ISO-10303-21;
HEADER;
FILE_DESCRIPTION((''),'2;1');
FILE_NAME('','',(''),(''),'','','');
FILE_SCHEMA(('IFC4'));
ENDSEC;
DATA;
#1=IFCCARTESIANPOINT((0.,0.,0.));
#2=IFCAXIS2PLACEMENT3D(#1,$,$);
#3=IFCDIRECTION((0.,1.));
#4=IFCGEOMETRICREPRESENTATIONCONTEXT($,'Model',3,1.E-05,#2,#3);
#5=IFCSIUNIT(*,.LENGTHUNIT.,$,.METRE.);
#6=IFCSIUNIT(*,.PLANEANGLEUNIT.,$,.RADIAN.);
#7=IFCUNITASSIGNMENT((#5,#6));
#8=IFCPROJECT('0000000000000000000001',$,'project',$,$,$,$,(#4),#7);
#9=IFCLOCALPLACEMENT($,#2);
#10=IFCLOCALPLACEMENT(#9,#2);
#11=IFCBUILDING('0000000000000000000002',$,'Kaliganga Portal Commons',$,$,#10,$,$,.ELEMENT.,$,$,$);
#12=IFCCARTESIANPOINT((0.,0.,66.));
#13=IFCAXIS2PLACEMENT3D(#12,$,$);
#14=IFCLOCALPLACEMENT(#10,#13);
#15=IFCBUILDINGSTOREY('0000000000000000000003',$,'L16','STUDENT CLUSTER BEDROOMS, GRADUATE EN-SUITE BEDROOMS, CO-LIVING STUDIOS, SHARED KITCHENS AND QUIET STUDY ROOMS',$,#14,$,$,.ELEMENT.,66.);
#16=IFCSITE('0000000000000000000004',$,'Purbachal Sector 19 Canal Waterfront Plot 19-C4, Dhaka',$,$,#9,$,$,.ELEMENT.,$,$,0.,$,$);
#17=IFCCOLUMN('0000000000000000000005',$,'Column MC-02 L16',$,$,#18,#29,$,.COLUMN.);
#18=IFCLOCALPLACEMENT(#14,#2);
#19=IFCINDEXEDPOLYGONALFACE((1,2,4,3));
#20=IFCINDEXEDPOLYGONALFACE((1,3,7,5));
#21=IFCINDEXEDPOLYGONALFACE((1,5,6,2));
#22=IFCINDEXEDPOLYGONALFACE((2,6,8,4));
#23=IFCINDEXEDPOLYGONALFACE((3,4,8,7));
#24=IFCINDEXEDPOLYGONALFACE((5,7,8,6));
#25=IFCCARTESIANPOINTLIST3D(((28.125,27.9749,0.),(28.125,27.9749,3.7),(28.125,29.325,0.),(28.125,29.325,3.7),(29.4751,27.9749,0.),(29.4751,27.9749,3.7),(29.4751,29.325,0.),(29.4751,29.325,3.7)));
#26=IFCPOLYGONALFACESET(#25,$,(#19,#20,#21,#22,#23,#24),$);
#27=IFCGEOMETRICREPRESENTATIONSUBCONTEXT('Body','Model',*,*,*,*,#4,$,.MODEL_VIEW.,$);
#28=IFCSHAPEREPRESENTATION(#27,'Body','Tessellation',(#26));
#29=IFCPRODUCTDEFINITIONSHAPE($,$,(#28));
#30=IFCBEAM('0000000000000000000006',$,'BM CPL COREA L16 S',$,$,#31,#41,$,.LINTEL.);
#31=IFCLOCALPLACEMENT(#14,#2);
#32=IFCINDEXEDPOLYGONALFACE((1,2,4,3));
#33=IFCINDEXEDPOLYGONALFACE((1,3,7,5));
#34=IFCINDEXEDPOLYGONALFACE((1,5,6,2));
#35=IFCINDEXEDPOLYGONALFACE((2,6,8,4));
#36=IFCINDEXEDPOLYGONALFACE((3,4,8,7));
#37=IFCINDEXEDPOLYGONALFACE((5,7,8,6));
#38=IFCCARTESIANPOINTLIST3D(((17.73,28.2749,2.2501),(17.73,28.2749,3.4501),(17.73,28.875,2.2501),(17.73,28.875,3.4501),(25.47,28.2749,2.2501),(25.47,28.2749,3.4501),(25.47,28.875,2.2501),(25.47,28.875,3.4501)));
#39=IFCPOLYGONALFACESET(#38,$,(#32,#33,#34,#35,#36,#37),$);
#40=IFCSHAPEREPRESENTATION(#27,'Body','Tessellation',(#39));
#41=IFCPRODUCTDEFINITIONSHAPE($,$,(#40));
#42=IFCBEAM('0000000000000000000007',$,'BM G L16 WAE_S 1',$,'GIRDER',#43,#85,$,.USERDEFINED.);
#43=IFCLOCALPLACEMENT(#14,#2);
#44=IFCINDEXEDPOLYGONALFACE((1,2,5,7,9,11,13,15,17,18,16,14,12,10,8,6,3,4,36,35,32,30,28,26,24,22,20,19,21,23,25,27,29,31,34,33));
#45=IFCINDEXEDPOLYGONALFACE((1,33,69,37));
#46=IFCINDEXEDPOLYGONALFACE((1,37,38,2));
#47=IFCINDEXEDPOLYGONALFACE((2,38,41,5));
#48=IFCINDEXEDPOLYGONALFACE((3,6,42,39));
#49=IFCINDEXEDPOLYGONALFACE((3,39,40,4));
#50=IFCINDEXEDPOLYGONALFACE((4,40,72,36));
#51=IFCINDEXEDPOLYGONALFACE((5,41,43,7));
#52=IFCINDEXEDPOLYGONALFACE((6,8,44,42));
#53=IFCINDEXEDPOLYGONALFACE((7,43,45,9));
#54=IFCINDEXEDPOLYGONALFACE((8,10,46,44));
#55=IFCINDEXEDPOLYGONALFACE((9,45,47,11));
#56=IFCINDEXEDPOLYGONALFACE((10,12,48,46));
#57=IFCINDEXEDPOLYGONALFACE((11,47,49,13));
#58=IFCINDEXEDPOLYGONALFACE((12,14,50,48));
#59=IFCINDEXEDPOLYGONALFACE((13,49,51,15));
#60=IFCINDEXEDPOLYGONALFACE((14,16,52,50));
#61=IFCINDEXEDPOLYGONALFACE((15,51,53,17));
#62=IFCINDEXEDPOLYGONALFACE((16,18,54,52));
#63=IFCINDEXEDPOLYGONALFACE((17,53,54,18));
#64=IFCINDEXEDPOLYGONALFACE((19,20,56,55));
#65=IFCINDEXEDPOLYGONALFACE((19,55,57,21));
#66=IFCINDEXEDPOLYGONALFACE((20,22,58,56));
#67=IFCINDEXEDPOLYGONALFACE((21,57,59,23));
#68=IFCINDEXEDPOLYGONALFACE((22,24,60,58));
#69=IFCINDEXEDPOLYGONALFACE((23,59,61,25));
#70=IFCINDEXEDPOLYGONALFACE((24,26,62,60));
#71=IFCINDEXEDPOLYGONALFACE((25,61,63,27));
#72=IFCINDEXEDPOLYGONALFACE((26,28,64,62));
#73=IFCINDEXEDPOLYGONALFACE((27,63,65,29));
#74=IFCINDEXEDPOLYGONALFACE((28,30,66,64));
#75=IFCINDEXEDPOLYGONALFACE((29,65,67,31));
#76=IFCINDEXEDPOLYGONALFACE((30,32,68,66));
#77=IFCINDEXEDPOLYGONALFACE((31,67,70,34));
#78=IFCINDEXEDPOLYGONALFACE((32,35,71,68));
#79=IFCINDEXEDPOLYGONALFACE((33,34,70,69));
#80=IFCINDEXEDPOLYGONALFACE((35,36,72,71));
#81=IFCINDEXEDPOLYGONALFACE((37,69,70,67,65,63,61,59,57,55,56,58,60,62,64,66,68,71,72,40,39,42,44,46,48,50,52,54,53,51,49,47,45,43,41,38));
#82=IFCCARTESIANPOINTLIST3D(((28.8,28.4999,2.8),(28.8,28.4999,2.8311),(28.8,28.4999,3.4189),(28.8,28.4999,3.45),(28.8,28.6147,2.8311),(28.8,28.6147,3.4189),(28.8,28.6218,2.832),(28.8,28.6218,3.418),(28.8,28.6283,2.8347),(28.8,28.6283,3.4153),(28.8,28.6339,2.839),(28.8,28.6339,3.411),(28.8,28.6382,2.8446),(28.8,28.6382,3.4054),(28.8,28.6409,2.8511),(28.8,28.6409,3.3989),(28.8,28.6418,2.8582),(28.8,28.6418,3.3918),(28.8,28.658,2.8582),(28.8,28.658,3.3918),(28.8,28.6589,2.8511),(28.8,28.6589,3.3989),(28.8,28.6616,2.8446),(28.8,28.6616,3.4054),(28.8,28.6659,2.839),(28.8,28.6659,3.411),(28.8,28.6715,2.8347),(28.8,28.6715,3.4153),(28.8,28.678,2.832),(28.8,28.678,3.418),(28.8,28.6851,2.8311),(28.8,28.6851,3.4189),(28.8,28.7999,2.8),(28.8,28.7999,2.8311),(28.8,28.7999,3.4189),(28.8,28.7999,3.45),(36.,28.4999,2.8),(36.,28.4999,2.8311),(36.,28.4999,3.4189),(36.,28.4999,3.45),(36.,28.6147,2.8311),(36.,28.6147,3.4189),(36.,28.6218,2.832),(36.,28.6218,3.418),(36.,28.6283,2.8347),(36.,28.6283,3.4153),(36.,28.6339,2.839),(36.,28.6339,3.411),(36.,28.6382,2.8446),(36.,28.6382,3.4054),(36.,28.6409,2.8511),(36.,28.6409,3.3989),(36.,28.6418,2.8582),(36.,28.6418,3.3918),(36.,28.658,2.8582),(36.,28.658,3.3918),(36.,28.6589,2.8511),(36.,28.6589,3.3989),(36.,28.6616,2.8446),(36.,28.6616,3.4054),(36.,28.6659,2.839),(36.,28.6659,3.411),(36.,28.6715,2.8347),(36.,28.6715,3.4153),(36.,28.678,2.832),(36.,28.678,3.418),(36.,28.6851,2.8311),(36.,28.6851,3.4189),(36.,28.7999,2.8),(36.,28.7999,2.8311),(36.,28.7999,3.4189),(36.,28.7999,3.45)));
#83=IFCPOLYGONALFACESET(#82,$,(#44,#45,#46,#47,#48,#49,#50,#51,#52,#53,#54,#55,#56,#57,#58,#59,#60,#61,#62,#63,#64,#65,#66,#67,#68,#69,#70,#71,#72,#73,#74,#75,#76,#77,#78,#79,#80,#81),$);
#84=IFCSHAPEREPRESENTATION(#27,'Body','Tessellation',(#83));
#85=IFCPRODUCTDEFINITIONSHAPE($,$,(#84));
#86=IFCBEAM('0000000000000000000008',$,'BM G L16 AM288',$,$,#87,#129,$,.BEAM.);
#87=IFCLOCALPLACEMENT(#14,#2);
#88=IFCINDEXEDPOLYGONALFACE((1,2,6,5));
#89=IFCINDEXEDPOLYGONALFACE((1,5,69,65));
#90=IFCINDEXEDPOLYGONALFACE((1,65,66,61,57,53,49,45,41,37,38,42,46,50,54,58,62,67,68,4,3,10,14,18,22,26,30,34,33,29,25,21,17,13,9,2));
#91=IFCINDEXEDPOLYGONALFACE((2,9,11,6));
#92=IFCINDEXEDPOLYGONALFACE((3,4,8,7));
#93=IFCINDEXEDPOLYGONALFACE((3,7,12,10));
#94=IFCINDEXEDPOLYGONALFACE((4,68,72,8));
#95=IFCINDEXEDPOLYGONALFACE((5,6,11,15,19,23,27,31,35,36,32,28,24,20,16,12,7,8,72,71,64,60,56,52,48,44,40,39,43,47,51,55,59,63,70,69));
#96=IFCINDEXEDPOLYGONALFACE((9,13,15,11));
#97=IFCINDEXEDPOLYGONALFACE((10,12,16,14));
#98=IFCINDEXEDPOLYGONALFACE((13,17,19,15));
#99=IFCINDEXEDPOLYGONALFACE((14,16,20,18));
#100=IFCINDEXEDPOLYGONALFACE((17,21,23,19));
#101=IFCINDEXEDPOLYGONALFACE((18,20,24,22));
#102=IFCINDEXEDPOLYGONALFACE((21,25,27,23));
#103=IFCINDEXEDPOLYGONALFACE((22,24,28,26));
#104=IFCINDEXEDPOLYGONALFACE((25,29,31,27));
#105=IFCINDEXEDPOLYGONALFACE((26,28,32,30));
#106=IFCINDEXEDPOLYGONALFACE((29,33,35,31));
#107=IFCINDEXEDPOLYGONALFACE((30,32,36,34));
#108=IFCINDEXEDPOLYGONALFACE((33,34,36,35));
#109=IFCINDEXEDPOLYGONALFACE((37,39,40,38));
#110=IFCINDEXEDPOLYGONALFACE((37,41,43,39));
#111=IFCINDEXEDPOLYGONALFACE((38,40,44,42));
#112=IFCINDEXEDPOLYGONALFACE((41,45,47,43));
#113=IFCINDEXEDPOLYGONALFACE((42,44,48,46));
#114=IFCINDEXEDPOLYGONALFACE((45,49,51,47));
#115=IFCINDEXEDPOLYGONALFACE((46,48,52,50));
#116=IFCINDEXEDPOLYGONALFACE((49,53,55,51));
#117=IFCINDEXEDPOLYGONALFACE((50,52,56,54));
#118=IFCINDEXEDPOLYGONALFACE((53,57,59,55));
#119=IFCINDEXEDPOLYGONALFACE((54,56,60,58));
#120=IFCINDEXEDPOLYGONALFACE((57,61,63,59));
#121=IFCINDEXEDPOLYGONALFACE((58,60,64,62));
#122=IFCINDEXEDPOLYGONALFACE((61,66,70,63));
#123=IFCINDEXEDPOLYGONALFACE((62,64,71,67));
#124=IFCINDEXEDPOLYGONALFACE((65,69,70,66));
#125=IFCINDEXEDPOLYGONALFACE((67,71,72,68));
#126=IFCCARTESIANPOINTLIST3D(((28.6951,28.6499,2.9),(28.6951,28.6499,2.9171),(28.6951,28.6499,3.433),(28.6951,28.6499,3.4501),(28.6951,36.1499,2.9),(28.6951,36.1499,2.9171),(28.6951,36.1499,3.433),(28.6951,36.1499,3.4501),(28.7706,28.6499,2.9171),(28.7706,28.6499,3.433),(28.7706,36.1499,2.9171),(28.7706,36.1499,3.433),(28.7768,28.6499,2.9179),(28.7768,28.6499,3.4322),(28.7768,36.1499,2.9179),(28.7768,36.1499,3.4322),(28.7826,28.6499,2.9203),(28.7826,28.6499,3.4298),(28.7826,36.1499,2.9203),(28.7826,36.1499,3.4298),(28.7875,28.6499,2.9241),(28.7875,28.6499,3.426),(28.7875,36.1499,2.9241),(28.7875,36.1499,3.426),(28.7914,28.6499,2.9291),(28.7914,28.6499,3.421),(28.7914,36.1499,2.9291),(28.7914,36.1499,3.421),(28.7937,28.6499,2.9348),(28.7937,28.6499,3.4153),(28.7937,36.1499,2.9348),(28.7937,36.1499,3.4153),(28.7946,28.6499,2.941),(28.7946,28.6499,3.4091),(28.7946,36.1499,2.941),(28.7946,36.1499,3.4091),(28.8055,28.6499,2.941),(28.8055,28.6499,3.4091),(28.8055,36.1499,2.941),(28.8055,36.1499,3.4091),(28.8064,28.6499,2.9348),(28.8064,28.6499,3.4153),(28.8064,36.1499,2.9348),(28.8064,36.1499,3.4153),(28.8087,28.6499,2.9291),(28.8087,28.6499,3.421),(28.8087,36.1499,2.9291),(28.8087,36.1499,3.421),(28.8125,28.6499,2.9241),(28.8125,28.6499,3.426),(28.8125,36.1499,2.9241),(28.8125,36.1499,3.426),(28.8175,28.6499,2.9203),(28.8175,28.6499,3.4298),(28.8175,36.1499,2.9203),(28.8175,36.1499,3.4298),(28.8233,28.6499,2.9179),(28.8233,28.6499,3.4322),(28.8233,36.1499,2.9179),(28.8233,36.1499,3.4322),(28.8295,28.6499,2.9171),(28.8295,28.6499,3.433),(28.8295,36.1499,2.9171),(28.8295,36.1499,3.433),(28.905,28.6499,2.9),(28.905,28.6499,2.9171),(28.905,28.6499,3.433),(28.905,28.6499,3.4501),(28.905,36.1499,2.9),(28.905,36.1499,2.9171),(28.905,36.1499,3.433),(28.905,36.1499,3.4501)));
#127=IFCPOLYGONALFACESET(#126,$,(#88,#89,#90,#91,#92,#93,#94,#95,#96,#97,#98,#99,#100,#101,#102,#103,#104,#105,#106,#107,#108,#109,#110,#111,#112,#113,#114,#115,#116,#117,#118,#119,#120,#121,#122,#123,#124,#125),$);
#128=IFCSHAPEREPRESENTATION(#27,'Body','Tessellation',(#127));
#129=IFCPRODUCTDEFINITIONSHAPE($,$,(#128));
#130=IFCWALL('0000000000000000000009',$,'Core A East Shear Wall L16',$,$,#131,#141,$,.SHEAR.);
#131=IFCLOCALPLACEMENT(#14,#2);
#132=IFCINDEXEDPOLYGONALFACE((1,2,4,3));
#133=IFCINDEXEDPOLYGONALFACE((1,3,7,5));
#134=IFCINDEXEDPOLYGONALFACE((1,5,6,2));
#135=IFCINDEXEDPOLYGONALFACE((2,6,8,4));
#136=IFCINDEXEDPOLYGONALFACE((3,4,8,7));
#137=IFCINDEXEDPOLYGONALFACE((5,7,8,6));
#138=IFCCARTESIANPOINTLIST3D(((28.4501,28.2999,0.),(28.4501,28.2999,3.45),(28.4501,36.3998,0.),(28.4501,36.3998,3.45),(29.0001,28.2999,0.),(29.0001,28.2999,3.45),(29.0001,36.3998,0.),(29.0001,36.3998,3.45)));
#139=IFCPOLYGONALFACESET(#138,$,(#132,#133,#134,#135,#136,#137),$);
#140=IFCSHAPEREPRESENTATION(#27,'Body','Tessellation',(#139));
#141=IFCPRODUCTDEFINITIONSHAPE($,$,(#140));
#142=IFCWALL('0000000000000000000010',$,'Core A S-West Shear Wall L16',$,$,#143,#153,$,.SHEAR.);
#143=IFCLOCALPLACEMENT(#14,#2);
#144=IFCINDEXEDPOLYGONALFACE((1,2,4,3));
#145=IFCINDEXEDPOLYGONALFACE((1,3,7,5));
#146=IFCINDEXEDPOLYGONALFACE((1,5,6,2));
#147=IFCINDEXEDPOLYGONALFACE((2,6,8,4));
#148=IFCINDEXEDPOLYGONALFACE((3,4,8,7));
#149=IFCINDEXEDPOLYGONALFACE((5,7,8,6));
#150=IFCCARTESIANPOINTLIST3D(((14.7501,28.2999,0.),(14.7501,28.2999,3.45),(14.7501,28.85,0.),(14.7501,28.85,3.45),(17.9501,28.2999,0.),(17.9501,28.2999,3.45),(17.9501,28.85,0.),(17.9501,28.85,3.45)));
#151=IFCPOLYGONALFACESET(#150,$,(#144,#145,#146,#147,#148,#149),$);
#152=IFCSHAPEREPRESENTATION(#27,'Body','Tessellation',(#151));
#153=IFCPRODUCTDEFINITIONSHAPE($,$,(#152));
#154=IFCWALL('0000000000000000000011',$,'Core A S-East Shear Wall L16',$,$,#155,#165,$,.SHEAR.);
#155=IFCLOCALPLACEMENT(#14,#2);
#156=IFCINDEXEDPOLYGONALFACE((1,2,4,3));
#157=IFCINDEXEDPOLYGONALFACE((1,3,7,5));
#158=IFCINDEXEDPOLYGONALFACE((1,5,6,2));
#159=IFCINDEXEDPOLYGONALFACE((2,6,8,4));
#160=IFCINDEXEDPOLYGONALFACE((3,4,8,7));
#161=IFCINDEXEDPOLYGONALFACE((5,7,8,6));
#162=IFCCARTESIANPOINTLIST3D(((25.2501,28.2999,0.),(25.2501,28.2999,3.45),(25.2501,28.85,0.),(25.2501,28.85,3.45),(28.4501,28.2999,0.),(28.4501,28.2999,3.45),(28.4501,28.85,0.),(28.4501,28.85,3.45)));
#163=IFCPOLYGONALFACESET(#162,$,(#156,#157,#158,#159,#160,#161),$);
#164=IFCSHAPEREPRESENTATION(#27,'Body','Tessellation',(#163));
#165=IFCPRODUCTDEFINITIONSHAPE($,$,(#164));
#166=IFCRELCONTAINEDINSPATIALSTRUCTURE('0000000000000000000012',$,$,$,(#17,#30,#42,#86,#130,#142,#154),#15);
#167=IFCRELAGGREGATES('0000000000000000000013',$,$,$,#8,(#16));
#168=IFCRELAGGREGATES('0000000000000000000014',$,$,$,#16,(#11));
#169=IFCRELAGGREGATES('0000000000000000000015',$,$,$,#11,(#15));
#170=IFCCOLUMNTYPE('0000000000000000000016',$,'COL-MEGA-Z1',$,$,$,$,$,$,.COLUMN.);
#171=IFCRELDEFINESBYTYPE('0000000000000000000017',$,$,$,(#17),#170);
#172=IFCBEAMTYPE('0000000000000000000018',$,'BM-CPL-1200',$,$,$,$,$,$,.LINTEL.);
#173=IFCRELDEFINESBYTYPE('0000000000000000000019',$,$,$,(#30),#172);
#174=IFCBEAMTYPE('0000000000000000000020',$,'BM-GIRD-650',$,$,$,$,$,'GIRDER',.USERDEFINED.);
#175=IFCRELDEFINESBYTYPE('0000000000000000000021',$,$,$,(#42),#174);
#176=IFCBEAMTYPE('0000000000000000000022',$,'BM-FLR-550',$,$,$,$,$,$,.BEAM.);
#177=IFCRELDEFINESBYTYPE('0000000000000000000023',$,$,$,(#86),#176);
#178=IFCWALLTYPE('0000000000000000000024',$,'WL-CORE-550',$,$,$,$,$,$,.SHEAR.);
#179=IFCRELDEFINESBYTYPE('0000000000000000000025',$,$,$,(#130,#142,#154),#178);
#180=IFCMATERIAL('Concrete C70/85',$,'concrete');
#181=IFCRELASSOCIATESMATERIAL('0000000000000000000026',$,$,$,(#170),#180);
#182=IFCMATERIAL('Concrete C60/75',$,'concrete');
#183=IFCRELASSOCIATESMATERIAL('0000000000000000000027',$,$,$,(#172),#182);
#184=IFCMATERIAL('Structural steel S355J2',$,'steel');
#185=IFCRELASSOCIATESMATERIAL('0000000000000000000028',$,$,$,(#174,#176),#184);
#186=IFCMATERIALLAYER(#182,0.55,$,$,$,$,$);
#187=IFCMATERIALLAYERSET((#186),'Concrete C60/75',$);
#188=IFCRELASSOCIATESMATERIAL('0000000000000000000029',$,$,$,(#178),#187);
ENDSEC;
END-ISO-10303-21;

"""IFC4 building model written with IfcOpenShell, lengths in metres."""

from ifc_helpers import new_model, si_unit, direction, frame, frame_2d, origin, origin_2d, place, context, subcontext, project, spatial, rectangle, i_section, extrude, source, transform, mapped, material, layer, layer_set, material_profile, profile_set, type_object, element, save


model = new_model("IFC4")

# Units and contexts
model_context = context("Model", 3, precision=1e-05, world=origin(), true_north=direction((0.0, 1.0)))
body_context = subcontext(model_context, "Body", "Model", "MODEL_VIEW")
ifc_project = project(units=[si_unit("LENGTHUNIT", "METRE"), si_unit("PLANEANGLEUNIT", "RADIAN")], contexts=[model_context])

# Site, building, storey
site_placement = place(None, origin())
site = spatial("IfcSite", under=ifc_project, at=site_placement, Name="Purbachal Sector 19 Canal Waterfront Plot 19-C4, Dhaka", CompositionType="ELEMENT", RefElevation=0.0)
building_placement = place(site_placement, origin())
building = spatial("IfcBuilding", under=site, at=building_placement, Name="Kaliganga Portal Commons", CompositionType="ELEMENT")
storey_placement = place(building_placement, frame((0.0, 0.0, 66.0)))
storey = spatial("IfcBuildingStorey", under=building, at=storey_placement, Name="L16", Description="STUDENT CLUSTER BEDROOMS, GRADUATE EN-SUITE BEDROOMS, CO-LIVING STUDIOS, SHARED KITCHENS AND QUIET STUDY ROOMS", CompositionType="ELEMENT", Elevation=66.0)

# Column
ifc_material_1 = material(Name="Concrete C70/85", Category="concrete")
ifc_material_profile_1 = material_profile(ifc_material_1, rectangle(XDim=1.3501, YDim=1.3501, at=origin_2d()), Name="RC 1350x1350")
ifc_profile_set_1 = profile_set([ifc_material_profile_1], Name="Concrete C70/85")
column_type = type_object("IfcColumnType", Name="COL-MEGA-Z1", PredefinedType="COLUMN", material=ifc_profile_set_1)
shared_shape_1 = source(origin(), body_context, "Body", "SweptSolid", [
    extrude(rectangle(XDim=1.3501, YDim=1.3501, at=origin_2d()), origin(), (0.0, 0.0, 1.0), 3.7),
])
column_placement = place(storey_placement, frame((28.8, 28.6499, 0.0), z_axis=(0.0, 0.0, 1.0), x_axis=(1.0, 0.0, 0.0)))
element("IfcColumn", 1, at=column_placement, inside=storey, type_object=column_type, Name="Column MC-02 L16", PredefinedType="COLUMN", context=body_context, shape_type="MappedRepresentation", body=[
    mapped(shared_shape_1, transform((0.0, 0.0, 0.0), x_axis=(1.0, 0.0, 0.0), y_axis=(0.0, 1.0, 0.0), z_axis=(0.0, 0.0, 1.0), scale=1.0)),
])

# Beams
ifc_material_2 = material(Name="Concrete C60/75", Category="concrete")
ifc_material_profile_2 = material_profile(ifc_material_2, rectangle(XDim=0.6001, YDim=1.2, at=origin_2d()), Name="RC 600x1200")
ifc_profile_set_2 = profile_set([ifc_material_profile_2], Name="Concrete C60/75")
beam_type_1 = type_object("IfcBeamType", Name="BM-CPL-1200", PredefinedType="LINTEL", material=ifc_profile_set_2)
shared_shape_2 = source(origin(), body_context, "Body", "SweptSolid", [
    extrude(rectangle(XDim=0.6001, YDim=1.2, at=origin_2d()), origin(), (0.0, 0.0, 1.0), 7.74),
])
beam_1_placement = place(storey_placement, frame((17.73, 28.575, 2.8501), z_axis=(1.0, 0.0, 0.0), x_axis=(0.0, 1.0, 0.0)))
element("IfcBeam", 2, at=beam_1_placement, inside=storey, type_object=beam_type_1, Name="BM CPL COREA L16 S", PredefinedType="LINTEL", context=body_context, shape_type="MappedRepresentation", body=[
    mapped(shared_shape_2, transform((0.0, 0.0, 0.0), x_axis=(1.0, 0.0, 0.0), y_axis=(0.0, 1.0, 0.0), z_axis=(0.0, 0.0, 1.0), scale=1.0)),
])
ifc_material_3 = material(Name="Structural steel S355J2", Category="steel")
ifc_material_profile_3 = material_profile(ifc_material_3, i_section(OverallWidth=0.3, OverallDepth=0.6499, WebThickness=0.0161, FlangeThickness=0.031, FilletRadius=0.0271, at=origin_2d()), Name="HE 650 B")
ifc_profile_set_3 = profile_set([ifc_material_profile_3], Name="Structural steel S355J2 wide-flange")
beam_type_2 = type_object("IfcBeamType", Name="BM-GIRD-650", ElementType="GIRDER", PredefinedType="USERDEFINED", material=ifc_profile_set_3)
shared_shape_3 = source(origin(), body_context, "Body", "SweptSolid", [
    extrude(i_section(OverallWidth=0.3, OverallDepth=0.6499, WebThickness=0.0161, FlangeThickness=0.031, FilletRadius=0.0271, at=origin_2d()), origin(), (0.0, 0.0, 1.0), 7.2),
])
beam_2_placement = place(storey_placement, frame((28.8, 28.6499, 3.125), z_axis=(1.0, 0.0, 0.0), x_axis=(0.0, 1.0, 0.0)))
element("IfcBeam", 3, at=beam_2_placement, inside=storey, type_object=beam_type_2, Name="BM G L16 WAE_S 1", ObjectType="GIRDER", PredefinedType="USERDEFINED", context=body_context, shape_type="MappedRepresentation", body=[
    mapped(shared_shape_3, transform((0.0, 0.0, 0.0), x_axis=(1.0, 0.0, 0.0), y_axis=(0.0, 1.0, 0.0), z_axis=(0.0, 0.0, 1.0), scale=1.0)),
])
ifc_material_profile_4 = material_profile(ifc_material_3, i_section(OverallWidth=0.21, OverallDepth=0.55, WebThickness=0.011, FlangeThickness=0.0171, FilletRadius=0.0239, at=origin_2d()), Name="IPE 550")
ifc_profile_set_4 = profile_set([ifc_material_profile_4], Name="Structural steel S355J2 wide-flange")
beam_type_3 = type_object("IfcBeamType", Name="BM-FLR-550", PredefinedType="BEAM", material=ifc_profile_set_4)
shared_shape_4 = source(origin(), body_context, "Body", "SweptSolid", [
    extrude(i_section(OverallWidth=0.21, OverallDepth=0.55, WebThickness=0.011, FlangeThickness=0.0171, FilletRadius=0.0239, at=origin_2d()), origin(), (0.0, 0.0, 1.0), 7.5),
])
beam_3_placement = place(storey_placement, frame((28.8, 28.6499, 3.175), z_axis=(0.0, 1.0, 0.0), x_axis=(-1.0, 0.0, 0.0)))
element("IfcBeam", 4, at=beam_3_placement, inside=storey, type_object=beam_type_3, Name="BM G L16 AM288", PredefinedType="BEAM", context=body_context, shape_type="MappedRepresentation", body=[
    mapped(shared_shape_4, transform((0.0, 0.0, 0.0), x_axis=(1.0, 0.0, 0.0), y_axis=(0.0, 1.0, 0.0), z_axis=(0.0, 0.0, 1.0), scale=1.0)),
])

# Walls
ifc_layer_1 = layer(ifc_material_2, 0.55)
ifc_layer_set_1 = layer_set([ifc_layer_1], Name="Concrete C60/75")
wall_type_1 = type_object("IfcWallType", Name="WL-CORE-550", PredefinedType="SHEAR", material=ifc_layer_set_1)
wall_1_placement = place(storey_placement, frame((28.7251, 28.3, 0.0), z_axis=(0.0, 0.0, 1.0), x_axis=(0.0, 1.0, 0.0)))
element("IfcWall", 5, at=wall_1_placement, inside=storey, type_object=wall_type_1, Name="Core A East Shear Wall L16", PredefinedType="SHEAR", context=body_context, shape_type="SweptSolid", body=[
    extrude(rectangle(XDim=8.0999, YDim=0.55, at=frame_2d((4.0498, 0.0))), origin(), (0.0, 0.0, 1.0), 3.45),
])
for number, where, z_axis, x_axis, name in (
    (6, (14.75, 28.575, 0.0), (0.0, 0.0, 1.0), (1.0, 0.0, 0.0), "Core A S-West Shear Wall L16"),
    (7, (25.25, 28.575, 0.0), (0.0, 0.0, 1.0), (1.0, 0.0, 0.0), "Core A S-East Shear Wall L16"),
):
    element("IfcWall", number, at=place(storey_placement, frame(where, z_axis=z_axis, x_axis=x_axis)), inside=storey, type_object=wall_type_1, Name=name, PredefinedType="SHEAR", context=body_context, shape_type="SweptSolid", body=[
        extrude(rectangle(XDim=3.2, YDim=0.55, at=frame_2d((1.6001, 0.0))), origin(), (0.0, 0.0, 1.0), 3.45),
    ])

save(model, "model.ifc")
